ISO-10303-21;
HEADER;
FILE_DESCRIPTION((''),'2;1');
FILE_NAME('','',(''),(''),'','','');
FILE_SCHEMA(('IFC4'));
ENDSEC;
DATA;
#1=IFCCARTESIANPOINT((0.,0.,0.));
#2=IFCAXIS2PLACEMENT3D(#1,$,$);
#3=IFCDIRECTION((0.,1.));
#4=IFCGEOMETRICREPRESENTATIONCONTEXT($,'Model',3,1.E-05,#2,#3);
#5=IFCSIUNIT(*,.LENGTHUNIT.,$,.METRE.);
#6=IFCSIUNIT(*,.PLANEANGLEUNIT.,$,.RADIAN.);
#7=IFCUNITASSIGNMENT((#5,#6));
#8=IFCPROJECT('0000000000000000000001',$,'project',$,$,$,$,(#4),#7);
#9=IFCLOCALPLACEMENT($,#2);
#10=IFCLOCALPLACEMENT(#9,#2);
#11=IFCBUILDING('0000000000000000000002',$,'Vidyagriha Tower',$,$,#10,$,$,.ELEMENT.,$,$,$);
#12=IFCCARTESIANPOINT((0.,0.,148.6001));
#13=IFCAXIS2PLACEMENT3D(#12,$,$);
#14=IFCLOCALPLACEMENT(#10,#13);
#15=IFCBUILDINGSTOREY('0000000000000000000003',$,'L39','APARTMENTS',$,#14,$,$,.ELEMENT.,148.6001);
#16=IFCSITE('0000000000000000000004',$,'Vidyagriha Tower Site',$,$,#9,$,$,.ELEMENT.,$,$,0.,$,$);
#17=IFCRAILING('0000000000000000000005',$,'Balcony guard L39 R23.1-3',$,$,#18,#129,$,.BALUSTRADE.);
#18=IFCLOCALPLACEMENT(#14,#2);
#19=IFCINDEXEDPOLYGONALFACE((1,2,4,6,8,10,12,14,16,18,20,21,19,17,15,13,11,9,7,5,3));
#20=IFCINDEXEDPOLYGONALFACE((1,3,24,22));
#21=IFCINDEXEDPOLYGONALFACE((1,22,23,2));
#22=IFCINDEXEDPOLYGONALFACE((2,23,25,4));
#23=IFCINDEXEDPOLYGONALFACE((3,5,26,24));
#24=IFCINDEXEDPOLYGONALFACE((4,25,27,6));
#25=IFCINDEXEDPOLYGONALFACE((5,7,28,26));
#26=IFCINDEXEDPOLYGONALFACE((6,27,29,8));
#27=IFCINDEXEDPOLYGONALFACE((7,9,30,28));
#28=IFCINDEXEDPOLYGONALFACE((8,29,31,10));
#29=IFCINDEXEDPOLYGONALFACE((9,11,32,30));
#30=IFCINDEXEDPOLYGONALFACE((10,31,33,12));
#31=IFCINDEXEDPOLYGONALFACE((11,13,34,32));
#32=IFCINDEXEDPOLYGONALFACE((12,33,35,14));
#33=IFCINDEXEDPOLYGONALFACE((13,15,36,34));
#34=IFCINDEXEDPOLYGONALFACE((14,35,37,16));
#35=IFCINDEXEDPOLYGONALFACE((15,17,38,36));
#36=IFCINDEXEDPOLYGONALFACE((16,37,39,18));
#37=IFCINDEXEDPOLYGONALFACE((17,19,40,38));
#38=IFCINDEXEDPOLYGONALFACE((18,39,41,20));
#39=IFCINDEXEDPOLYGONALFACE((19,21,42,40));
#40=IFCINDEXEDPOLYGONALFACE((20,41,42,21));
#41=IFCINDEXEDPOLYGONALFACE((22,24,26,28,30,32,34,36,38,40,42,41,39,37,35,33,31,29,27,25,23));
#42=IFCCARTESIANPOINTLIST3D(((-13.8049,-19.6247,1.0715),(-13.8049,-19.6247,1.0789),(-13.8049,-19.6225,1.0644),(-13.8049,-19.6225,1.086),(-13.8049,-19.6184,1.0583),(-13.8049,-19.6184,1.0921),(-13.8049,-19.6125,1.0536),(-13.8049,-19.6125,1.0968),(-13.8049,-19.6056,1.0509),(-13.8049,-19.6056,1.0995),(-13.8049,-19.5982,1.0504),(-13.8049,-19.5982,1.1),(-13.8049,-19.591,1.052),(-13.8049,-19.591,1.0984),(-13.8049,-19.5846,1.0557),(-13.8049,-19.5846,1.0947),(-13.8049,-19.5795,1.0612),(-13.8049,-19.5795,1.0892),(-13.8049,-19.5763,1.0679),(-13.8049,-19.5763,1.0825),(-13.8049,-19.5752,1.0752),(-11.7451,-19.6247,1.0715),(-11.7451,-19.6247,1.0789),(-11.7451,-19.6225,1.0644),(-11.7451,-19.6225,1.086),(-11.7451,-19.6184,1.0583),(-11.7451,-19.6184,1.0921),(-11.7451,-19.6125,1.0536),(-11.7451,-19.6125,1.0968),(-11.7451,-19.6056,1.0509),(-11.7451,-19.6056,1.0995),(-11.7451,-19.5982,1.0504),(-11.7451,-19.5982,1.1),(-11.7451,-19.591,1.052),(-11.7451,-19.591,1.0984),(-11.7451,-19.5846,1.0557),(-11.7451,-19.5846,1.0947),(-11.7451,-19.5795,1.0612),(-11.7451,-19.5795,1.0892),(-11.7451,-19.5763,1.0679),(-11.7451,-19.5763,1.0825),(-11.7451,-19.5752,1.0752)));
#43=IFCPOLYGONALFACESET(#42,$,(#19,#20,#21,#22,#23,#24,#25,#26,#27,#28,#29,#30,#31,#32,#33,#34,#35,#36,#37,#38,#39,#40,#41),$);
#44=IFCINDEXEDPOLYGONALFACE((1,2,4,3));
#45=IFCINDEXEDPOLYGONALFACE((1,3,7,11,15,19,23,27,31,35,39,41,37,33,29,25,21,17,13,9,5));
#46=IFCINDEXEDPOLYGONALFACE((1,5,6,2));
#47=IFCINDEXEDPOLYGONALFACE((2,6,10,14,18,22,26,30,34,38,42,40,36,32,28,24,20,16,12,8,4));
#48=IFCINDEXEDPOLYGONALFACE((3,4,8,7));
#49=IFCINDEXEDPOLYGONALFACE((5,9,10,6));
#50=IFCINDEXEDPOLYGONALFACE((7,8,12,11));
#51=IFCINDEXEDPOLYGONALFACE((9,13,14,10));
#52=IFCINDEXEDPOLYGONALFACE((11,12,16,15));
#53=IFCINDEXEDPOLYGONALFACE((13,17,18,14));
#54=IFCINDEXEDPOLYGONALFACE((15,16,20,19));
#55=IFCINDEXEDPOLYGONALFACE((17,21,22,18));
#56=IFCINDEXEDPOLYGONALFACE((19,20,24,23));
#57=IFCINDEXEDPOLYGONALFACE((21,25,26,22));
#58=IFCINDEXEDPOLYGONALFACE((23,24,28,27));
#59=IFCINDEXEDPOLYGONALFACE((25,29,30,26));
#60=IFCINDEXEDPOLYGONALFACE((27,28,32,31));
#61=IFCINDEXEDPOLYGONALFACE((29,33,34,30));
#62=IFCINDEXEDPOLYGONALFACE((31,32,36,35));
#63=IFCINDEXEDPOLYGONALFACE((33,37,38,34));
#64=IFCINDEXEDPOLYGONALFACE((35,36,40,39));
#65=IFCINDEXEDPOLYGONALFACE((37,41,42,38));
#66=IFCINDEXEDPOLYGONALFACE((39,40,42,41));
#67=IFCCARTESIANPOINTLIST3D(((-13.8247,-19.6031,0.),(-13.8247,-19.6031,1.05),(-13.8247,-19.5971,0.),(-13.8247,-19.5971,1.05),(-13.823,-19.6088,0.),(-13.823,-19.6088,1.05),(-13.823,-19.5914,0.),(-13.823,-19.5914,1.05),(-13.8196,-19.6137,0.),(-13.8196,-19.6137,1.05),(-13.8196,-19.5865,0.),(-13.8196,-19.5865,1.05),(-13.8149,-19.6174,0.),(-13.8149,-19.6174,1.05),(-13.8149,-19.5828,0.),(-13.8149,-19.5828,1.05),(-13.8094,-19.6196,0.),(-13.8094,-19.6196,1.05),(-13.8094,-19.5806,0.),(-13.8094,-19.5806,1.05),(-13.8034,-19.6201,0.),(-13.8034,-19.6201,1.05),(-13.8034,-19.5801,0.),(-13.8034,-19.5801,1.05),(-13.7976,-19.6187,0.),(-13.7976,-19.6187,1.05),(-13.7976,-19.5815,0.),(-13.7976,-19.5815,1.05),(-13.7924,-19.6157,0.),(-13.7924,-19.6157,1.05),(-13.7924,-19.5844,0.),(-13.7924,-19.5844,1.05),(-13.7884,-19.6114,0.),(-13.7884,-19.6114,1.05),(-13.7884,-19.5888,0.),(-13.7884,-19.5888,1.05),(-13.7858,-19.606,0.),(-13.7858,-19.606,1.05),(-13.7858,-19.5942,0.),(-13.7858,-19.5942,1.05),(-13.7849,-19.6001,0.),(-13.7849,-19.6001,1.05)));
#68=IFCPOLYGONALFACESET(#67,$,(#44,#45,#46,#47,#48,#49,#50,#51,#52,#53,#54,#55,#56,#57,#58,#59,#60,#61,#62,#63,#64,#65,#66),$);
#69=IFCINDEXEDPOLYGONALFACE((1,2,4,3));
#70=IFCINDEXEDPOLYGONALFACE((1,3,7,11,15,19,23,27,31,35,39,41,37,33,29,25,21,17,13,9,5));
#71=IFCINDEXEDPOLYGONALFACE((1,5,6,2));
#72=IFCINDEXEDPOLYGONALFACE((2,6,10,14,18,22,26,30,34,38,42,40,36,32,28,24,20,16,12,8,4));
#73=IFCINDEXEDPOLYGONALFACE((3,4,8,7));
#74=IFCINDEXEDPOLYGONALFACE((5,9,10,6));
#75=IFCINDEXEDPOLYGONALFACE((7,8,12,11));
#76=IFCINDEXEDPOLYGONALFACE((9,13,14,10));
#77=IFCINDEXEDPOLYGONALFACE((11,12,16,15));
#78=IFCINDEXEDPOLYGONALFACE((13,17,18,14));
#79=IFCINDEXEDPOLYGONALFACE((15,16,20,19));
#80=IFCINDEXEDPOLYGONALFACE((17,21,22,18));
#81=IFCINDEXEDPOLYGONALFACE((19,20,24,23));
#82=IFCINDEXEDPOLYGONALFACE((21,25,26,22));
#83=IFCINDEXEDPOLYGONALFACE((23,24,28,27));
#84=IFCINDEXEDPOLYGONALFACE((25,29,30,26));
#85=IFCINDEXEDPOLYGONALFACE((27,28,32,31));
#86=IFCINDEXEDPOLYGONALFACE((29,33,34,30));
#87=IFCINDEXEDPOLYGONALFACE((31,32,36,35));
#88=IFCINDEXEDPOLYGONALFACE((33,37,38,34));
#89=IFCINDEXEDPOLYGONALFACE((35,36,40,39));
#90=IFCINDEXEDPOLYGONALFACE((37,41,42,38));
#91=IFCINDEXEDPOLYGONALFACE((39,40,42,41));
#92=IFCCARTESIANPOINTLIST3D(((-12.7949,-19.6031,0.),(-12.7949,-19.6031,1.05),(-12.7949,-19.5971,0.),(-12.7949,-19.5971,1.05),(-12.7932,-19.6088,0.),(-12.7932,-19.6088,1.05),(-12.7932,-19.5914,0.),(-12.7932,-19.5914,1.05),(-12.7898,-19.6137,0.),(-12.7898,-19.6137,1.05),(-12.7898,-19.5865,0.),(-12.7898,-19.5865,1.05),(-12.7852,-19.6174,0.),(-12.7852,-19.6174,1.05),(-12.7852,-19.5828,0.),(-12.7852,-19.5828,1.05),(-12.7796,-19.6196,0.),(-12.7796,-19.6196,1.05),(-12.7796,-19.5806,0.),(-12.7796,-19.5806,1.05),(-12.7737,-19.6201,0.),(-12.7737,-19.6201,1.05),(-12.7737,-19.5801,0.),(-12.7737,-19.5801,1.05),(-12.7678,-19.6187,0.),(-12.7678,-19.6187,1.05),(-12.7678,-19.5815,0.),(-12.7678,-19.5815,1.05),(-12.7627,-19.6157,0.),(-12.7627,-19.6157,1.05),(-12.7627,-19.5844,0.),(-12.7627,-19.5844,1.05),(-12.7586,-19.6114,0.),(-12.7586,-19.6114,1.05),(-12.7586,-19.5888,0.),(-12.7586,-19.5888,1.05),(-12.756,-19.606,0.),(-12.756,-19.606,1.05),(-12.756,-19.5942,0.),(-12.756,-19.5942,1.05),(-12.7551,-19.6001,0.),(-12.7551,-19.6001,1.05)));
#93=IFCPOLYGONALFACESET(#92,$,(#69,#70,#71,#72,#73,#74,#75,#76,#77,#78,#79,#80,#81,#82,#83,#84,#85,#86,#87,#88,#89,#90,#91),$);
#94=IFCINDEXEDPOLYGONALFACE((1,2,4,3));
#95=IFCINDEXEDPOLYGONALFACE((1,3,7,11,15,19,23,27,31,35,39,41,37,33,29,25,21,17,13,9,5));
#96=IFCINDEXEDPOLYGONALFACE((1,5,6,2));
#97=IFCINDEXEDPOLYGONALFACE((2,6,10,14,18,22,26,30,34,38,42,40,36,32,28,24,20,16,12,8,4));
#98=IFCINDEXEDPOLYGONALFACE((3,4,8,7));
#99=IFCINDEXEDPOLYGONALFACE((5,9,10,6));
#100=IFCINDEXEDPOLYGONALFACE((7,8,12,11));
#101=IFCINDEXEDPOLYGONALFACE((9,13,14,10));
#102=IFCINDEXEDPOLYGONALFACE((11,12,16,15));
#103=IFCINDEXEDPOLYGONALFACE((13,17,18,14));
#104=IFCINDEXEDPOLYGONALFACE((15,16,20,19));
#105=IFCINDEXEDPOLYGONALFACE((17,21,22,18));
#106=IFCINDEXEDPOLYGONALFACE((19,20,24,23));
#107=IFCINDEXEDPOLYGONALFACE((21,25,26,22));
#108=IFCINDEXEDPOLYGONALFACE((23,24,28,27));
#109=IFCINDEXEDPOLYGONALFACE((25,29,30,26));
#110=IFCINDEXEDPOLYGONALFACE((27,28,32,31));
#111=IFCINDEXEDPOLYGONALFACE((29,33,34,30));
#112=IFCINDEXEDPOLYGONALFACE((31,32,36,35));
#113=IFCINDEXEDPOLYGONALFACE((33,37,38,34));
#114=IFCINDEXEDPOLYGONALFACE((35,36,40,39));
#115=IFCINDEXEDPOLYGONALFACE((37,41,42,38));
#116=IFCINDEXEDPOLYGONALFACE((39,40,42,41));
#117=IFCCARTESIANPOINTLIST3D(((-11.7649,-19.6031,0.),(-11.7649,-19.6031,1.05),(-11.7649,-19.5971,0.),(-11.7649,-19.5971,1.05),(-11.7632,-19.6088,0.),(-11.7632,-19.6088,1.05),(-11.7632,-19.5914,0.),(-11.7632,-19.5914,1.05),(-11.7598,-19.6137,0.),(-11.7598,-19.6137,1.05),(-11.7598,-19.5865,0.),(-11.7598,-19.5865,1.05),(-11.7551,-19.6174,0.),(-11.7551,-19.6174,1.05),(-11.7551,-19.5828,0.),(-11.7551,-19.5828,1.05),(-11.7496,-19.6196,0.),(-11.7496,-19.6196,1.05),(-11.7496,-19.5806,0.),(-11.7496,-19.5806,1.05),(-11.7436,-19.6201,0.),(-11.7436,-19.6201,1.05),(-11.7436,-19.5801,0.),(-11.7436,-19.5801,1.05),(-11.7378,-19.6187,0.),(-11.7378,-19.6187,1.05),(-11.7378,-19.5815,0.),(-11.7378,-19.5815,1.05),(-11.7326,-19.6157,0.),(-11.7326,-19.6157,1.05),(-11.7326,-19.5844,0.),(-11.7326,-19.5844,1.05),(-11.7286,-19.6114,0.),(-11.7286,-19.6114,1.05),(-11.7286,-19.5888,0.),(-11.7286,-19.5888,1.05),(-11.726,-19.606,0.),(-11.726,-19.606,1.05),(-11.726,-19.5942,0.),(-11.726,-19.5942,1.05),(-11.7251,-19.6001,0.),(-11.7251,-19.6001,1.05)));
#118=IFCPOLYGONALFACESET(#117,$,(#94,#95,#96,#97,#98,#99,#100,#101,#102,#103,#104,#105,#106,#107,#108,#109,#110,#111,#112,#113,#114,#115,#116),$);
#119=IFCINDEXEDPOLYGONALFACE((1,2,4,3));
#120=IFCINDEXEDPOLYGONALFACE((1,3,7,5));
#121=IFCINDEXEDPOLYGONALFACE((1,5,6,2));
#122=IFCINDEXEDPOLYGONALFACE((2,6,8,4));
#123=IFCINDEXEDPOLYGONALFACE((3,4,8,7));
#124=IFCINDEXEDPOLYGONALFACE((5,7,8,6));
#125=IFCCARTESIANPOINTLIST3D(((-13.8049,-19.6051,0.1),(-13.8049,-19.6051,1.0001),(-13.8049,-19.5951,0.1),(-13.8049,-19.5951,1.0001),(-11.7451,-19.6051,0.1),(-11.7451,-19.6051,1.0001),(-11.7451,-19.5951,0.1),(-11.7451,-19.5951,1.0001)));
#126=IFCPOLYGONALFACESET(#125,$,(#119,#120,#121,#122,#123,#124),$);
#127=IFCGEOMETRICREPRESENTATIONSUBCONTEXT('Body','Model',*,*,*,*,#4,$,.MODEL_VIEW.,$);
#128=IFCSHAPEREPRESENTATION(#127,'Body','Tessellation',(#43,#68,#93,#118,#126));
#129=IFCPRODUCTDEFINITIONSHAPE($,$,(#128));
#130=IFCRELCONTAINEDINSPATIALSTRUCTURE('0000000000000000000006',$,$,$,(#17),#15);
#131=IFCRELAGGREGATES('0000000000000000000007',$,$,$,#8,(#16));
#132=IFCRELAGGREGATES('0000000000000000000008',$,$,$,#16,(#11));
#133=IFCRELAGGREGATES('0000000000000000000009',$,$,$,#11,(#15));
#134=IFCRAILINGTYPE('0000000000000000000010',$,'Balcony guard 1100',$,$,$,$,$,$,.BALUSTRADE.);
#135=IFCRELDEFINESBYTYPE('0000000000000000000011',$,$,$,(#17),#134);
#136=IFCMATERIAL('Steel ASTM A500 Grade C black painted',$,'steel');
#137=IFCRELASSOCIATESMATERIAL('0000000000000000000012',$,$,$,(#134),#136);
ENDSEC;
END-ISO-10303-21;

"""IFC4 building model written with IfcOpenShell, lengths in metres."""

from ifc_helpers import new_model, si_unit, direction, frame, origin, origin_2d, place, context, subcontext, project, spatial, rectangle, circle, extrude, material, type_object, element, save


model = new_model("IFC4")

# Units and contexts
model_context = context("Model", 3, precision=1e-05, world=origin(), true_north=direction((0.0, 1.0)))
body_context = subcontext(model_context, "Body", "Model", "MODEL_VIEW")
ifc_project = project(units=[si_unit("LENGTHUNIT", "METRE"), si_unit("PLANEANGLEUNIT", "RADIAN")], contexts=[model_context])

# Site, building, storey
site_placement = place(None, origin())
site = spatial("IfcSite", under=ifc_project, at=site_placement, Name="Vidyagriha Tower Site", CompositionType="ELEMENT", RefElevation=0.0)
building_placement = place(site_placement, origin())
building = spatial("IfcBuilding", under=site, at=building_placement, Name="Vidyagriha Tower", CompositionType="ELEMENT")
storey_placement = place(building_placement, frame((0.0, 0.0, 148.6001)))
storey = spatial("IfcBuildingStorey", under=building, at=storey_placement, Name="L39", Description="APARTMENTS", CompositionType="ELEMENT", Elevation=148.6001)

# Railing
ifc_material_1 = material(Name="Steel ASTM A500 Grade C black painted", Category="steel")
railing_type = type_object("IfcRailingType", Name="Balcony guard 1100", PredefinedType="BALUSTRADE", material=ifc_material_1)
railing_1_placement = place(storey_placement, frame((-13.8049, -19.6001, 0.0)))
element("IfcRailing", 1, at=railing_1_placement, inside=storey, type_object=railing_type, Name="Balcony guard L39 R23.1-3", PredefinedType="BALUSTRADE", context=body_context, shape_type="SweptSolid", body=[
    extrude(circle(Radius=0.0249, at=origin_2d()), frame((0.0, 0.0, 1.0752), z_axis=(1.0, 0.0, 0.0), x_axis=(0.0, 1.0, 0.0)), (0.0, 0.0, 1.0), 2.0598),
    extrude(circle(Radius=0.02, at=origin_2d()), origin(), (0.0, 0.0, 1.0), 1.05),
    extrude(circle(Radius=0.02, at=origin_2d()), frame((1.0298, 0.0, 0.0)), (0.0, 0.0, 1.0), 1.05),
    extrude(circle(Radius=0.02, at=origin_2d()), frame((2.0598, 0.0, 0.0)), (0.0, 0.0, 1.0), 1.05),
    extrude(rectangle(XDim=0.01, YDim=0.9001, at=origin_2d()), frame((0.0, 0.0, 0.55), z_axis=(1.0, 0.0, 0.0), x_axis=(0.0, 1.0, 0.0)), (0.0, 0.0, 1.0), 2.0598),
])

save(model, "model.ifc")
